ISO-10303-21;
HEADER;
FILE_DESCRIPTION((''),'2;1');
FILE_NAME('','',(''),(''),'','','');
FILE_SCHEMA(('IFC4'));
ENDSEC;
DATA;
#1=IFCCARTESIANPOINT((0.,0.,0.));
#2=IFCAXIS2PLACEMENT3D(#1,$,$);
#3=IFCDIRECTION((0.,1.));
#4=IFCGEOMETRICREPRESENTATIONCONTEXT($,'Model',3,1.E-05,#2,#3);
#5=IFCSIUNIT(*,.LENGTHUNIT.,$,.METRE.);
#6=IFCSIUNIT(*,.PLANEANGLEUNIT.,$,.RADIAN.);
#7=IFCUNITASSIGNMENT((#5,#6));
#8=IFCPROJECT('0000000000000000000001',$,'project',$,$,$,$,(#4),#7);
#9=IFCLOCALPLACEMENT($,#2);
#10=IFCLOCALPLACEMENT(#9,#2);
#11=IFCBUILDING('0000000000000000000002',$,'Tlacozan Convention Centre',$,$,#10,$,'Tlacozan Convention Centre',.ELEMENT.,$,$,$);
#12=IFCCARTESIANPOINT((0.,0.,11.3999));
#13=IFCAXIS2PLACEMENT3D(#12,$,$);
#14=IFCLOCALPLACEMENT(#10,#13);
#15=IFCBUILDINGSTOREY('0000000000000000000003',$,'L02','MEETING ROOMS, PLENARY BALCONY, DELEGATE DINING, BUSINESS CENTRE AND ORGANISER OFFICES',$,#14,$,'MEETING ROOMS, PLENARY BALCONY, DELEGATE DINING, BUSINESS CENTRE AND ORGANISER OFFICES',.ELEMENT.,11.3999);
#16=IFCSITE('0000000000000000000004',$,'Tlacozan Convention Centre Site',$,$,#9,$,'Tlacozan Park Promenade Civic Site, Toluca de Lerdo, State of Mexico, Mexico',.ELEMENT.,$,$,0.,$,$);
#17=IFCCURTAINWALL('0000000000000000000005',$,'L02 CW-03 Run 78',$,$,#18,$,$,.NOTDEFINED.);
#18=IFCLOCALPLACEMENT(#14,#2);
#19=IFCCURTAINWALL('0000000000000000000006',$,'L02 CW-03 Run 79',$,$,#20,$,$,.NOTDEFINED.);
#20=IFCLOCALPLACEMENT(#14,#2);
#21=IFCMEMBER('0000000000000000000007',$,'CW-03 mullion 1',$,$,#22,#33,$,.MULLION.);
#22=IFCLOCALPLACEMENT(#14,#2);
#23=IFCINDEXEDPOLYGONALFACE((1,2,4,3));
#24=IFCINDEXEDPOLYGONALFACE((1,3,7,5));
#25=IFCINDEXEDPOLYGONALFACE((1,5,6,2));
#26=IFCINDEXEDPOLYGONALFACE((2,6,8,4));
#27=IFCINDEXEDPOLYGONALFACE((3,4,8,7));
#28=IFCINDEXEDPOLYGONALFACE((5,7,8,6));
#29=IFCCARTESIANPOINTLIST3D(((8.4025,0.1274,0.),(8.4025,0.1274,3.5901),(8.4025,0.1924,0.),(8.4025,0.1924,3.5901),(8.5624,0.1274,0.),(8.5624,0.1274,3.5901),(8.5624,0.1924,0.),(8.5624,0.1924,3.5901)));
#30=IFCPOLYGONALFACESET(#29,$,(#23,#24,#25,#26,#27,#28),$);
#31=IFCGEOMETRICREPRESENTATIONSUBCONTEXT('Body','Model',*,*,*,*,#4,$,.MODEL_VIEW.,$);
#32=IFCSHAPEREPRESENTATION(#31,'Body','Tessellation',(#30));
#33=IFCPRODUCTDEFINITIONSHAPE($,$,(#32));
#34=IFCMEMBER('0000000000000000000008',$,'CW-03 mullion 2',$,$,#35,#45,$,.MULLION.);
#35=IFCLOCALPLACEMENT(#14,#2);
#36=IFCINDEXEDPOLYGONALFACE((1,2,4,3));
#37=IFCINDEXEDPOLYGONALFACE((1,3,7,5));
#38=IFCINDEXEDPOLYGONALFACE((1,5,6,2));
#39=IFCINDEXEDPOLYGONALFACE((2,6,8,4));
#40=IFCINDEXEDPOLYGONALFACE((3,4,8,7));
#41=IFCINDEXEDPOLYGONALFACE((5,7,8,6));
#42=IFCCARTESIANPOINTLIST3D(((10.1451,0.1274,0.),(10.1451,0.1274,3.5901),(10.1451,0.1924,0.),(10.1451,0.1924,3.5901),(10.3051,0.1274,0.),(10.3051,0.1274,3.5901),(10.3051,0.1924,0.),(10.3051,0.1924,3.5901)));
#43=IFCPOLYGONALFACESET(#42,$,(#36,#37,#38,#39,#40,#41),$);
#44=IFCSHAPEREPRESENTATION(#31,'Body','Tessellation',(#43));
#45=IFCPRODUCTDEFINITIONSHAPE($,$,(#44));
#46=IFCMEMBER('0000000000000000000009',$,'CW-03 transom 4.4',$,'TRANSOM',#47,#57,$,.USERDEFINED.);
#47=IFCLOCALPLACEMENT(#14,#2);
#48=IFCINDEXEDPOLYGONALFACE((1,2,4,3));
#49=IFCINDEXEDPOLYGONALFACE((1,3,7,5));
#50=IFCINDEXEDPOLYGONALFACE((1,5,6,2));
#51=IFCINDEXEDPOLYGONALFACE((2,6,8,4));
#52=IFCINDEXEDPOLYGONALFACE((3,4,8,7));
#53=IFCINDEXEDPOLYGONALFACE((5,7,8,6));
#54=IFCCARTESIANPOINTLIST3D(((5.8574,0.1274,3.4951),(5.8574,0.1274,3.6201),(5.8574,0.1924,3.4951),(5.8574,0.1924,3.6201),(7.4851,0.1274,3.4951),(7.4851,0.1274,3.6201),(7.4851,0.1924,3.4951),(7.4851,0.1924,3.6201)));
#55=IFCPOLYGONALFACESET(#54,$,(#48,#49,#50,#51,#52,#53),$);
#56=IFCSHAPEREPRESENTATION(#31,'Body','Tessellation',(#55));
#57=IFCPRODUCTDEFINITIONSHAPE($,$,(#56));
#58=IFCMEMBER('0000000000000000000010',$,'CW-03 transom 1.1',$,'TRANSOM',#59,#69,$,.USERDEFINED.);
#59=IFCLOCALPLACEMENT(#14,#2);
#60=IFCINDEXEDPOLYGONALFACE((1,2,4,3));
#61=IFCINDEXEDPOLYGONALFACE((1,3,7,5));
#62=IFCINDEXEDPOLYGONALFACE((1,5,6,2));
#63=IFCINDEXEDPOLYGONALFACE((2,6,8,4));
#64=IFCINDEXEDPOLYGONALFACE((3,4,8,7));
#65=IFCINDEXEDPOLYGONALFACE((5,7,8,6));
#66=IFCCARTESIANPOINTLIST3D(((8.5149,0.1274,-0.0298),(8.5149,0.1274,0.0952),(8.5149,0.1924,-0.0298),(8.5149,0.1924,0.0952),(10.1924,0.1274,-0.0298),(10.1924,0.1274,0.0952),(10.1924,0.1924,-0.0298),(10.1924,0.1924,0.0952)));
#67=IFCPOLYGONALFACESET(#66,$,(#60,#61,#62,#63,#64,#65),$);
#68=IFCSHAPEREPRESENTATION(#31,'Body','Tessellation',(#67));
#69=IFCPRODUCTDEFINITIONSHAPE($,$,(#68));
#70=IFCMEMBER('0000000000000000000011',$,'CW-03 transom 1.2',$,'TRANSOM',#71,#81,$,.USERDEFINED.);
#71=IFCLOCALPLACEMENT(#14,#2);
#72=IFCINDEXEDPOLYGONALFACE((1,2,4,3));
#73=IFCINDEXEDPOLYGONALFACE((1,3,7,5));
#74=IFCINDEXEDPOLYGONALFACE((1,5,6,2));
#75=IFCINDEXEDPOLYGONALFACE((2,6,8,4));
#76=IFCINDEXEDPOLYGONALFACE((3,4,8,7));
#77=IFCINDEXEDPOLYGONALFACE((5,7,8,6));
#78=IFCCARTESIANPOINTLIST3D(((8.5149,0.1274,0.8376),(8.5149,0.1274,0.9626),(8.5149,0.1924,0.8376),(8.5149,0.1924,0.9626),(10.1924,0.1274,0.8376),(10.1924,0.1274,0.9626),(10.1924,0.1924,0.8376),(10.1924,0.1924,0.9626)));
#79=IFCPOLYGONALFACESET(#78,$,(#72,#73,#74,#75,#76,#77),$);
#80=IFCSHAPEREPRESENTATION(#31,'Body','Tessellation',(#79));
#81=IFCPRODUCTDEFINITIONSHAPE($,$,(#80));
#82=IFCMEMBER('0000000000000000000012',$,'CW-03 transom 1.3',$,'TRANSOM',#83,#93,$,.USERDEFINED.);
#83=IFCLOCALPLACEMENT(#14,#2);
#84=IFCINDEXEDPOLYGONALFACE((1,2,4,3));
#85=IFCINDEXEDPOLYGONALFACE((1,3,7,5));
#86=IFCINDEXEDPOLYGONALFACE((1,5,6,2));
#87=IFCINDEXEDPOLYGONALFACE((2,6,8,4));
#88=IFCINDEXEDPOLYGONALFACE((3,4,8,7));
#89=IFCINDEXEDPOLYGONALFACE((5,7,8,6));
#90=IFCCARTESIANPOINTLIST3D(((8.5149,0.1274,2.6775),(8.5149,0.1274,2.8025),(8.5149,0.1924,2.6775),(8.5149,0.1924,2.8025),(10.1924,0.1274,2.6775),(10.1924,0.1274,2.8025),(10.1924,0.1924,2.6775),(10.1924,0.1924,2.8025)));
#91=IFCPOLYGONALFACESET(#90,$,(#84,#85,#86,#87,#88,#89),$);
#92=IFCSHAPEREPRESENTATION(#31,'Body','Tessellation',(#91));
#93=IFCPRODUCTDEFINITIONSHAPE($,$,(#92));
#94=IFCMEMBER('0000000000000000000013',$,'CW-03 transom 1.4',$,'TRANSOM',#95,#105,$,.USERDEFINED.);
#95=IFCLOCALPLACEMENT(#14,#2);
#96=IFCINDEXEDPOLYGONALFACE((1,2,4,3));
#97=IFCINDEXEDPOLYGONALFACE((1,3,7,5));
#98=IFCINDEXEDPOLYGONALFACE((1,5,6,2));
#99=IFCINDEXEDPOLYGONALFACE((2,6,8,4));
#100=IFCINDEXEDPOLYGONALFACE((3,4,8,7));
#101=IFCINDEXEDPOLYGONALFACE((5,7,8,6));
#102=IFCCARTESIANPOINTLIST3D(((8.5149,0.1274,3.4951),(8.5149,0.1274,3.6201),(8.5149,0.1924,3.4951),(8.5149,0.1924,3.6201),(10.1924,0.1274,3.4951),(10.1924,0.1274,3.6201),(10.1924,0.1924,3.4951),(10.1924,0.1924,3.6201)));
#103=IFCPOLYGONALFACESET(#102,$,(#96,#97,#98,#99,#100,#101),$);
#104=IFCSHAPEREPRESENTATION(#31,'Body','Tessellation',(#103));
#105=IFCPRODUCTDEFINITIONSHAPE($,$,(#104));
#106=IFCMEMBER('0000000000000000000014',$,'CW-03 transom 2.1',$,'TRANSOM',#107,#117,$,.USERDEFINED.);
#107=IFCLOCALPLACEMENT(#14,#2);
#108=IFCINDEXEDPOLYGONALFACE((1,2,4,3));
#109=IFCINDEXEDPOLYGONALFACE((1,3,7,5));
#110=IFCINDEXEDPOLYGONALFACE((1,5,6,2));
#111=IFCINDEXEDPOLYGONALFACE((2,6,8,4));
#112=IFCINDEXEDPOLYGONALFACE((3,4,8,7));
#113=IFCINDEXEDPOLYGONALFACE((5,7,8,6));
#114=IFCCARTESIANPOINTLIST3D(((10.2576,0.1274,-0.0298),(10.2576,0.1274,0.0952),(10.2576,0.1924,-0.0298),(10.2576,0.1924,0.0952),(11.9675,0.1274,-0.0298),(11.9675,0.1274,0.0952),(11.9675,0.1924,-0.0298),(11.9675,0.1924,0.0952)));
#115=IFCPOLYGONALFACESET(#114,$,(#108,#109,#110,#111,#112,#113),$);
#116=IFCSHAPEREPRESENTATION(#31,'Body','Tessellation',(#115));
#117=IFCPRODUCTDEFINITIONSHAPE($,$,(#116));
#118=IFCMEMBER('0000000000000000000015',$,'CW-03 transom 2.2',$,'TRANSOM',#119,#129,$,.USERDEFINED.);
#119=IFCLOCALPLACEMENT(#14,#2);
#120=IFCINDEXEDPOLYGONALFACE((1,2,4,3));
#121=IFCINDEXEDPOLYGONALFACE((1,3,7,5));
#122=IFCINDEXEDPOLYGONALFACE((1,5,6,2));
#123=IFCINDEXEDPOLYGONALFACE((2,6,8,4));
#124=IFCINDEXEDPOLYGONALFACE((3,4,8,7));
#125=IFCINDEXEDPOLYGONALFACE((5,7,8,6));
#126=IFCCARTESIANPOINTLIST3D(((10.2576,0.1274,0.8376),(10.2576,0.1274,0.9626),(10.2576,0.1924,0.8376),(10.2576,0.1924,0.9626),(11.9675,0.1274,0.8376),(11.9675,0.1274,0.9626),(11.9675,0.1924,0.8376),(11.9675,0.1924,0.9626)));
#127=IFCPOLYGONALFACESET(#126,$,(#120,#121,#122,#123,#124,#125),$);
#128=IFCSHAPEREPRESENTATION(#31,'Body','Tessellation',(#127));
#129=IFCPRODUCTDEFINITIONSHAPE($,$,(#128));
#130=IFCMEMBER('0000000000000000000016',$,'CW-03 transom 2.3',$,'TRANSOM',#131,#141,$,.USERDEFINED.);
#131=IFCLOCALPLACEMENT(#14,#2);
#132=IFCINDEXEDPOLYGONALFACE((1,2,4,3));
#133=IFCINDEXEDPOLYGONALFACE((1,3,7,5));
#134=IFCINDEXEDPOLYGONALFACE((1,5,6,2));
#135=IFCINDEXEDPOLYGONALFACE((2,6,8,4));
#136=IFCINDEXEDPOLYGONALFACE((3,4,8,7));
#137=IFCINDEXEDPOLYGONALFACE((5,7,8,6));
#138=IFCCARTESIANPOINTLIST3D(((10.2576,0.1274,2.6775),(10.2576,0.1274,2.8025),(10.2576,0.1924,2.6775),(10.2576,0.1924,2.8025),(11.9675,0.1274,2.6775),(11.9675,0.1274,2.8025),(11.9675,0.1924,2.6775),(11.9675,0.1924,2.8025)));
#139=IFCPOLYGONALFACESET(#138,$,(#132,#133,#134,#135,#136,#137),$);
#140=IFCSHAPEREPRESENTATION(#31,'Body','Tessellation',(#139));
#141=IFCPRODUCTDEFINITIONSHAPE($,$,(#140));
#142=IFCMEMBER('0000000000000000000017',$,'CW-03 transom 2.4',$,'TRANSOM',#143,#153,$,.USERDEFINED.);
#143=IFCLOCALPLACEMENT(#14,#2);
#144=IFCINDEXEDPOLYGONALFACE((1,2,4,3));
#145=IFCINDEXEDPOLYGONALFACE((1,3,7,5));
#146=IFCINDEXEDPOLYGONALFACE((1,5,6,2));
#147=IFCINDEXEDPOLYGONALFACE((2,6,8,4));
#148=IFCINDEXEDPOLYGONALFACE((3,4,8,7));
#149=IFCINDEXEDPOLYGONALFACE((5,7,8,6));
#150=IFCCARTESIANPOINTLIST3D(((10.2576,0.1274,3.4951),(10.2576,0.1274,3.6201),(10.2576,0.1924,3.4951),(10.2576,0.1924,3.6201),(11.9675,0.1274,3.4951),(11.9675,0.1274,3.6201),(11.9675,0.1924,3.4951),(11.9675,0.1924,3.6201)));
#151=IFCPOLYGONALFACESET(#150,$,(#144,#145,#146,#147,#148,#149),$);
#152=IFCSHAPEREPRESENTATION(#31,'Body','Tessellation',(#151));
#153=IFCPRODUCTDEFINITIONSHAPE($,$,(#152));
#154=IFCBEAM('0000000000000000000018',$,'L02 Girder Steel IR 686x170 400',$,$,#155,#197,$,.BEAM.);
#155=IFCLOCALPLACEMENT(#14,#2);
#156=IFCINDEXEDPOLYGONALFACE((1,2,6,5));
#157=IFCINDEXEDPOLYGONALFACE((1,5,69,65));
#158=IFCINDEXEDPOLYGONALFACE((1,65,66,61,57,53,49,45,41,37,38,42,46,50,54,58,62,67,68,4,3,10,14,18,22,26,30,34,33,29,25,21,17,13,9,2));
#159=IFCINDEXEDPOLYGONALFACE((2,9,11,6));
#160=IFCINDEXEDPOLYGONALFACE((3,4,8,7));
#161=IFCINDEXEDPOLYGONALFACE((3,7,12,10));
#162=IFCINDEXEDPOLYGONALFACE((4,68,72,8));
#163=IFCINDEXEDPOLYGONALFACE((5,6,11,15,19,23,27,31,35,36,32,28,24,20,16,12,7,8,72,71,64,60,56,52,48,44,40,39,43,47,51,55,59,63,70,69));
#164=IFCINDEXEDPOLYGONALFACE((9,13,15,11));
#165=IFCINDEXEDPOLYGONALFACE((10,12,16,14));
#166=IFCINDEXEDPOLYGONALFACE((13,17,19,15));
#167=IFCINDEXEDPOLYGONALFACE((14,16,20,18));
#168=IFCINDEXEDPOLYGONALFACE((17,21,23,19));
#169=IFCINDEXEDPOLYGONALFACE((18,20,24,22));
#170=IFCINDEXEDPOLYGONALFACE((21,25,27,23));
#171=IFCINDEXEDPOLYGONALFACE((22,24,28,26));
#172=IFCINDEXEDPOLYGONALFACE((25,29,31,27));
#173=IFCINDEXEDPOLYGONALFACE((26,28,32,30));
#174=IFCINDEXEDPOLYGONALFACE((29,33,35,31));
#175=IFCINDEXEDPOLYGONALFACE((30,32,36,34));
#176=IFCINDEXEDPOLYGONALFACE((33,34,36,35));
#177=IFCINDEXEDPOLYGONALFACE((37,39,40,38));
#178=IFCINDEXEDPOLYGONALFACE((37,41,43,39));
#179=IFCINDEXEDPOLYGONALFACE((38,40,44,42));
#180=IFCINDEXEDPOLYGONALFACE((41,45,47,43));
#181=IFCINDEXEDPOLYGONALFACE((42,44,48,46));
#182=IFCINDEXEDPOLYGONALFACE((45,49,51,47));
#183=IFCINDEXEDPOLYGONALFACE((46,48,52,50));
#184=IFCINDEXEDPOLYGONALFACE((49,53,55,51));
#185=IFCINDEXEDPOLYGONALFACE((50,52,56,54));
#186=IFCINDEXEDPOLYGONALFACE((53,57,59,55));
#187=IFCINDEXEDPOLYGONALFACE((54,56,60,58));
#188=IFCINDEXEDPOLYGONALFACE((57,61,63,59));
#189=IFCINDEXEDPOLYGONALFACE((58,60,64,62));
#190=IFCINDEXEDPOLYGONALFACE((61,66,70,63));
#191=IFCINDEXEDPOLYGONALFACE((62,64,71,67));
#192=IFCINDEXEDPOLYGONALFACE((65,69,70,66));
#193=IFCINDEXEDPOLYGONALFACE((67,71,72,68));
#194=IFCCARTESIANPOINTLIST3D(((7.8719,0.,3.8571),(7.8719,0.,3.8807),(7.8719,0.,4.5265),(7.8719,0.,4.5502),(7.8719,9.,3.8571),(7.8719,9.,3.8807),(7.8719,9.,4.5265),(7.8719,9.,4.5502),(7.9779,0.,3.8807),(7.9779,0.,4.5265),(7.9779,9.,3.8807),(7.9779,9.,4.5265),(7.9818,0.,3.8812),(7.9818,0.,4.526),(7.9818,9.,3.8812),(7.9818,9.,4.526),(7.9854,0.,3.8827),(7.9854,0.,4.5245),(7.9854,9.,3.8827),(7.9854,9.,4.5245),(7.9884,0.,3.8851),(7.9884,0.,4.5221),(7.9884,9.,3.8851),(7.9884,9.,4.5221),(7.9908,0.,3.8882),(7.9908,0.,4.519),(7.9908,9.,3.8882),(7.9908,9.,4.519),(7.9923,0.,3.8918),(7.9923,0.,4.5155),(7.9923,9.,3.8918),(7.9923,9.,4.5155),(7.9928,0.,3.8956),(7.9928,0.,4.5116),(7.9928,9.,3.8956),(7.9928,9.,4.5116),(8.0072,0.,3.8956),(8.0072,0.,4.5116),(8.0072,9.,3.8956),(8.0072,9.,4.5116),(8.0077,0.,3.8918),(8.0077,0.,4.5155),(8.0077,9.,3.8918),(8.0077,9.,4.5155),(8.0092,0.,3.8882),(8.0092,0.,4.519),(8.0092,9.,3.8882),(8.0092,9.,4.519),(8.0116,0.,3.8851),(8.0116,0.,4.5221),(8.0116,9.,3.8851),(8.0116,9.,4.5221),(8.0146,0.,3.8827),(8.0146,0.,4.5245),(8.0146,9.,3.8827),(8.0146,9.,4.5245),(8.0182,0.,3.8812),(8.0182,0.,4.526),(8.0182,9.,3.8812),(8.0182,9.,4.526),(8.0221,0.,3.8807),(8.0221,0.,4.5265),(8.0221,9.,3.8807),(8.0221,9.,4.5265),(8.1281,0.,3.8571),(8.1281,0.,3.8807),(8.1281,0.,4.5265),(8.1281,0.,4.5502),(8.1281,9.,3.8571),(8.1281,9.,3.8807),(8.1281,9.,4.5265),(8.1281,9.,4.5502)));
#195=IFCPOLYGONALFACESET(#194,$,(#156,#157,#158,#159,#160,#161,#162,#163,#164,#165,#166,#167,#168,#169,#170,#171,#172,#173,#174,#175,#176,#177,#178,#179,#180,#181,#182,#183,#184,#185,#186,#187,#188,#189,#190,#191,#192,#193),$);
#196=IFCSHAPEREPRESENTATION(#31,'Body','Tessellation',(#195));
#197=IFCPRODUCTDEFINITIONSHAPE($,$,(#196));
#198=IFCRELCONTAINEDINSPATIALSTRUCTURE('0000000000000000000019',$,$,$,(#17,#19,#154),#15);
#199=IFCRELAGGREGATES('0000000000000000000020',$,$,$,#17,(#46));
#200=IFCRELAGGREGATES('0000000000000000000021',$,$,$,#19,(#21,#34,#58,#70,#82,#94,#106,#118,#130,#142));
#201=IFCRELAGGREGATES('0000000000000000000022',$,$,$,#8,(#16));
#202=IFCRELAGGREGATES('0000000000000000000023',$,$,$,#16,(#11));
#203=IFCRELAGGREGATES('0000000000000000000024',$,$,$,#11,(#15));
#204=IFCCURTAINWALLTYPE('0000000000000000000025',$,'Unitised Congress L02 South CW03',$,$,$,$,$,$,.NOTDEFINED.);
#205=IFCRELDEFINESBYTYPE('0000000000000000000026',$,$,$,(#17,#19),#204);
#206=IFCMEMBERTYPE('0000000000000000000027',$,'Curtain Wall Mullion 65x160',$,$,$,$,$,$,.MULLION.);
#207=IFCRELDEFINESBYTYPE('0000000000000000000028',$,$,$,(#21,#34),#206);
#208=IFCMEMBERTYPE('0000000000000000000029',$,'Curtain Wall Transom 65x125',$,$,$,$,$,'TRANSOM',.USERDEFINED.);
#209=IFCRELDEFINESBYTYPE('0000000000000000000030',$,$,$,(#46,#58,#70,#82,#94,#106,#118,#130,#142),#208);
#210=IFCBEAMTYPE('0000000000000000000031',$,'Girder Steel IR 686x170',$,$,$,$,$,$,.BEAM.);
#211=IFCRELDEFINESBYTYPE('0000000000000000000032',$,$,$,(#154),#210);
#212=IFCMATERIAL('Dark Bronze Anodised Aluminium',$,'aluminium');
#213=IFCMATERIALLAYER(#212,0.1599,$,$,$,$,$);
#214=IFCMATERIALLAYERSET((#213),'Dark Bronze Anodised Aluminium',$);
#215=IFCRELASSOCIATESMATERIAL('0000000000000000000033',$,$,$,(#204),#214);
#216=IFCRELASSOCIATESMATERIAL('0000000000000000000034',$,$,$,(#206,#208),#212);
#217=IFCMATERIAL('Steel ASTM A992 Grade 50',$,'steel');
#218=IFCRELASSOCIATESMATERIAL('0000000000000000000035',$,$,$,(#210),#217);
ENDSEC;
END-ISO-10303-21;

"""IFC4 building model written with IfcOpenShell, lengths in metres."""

from ifc_helpers import new_model, si_unit, direction, frame, origin, origin_2d, place, context, subcontext, project, spatial, rectangle, i_section, extrude, material, layer, layer_set, material_profile, profile_set, type_object, element, aggregate, save


model = new_model("IFC4")

# Units and contexts
model_context = context("Model", 3, precision=1e-05, world=origin(), true_north=direction((0.0, 1.0)))
body_context = subcontext(model_context, "Body", "Model", "MODEL_VIEW")
ifc_project = project(units=[si_unit("LENGTHUNIT", "METRE"), si_unit("PLANEANGLEUNIT", "RADIAN")], contexts=[model_context])

# Site, building, storey
site_placement = place(None, origin())
site = spatial("IfcSite", under=ifc_project, at=site_placement, Name="Tlacozan Convention Centre Site", LongName="Tlacozan Park Promenade Civic Site, Toluca de Lerdo, State of Mexico, Mexico", CompositionType="ELEMENT", RefElevation=0.0)
building_placement = place(site_placement, origin())
building = spatial("IfcBuilding", under=site, at=building_placement, Name="Tlacozan Convention Centre", LongName="Tlacozan Convention Centre", CompositionType="ELEMENT")
storey_placement = place(building_placement, frame((0.0, 0.0, 11.3999)))
storey = spatial("IfcBuildingStorey", under=building, at=storey_placement, Name="L02", Description="MEETING ROOMS, PLENARY BALCONY, DELEGATE DINING, BUSINESS CENTRE AND ORGANISER OFFICES", LongName="MEETING ROOMS, PLENARY BALCONY, DELEGATE DINING, BUSINESS CENTRE AND ORGANISER OFFICES", CompositionType="ELEMENT", Elevation=11.3999)

# Shared definitions
ifc_material_1 = material(Name="Steel ASTM A992 Grade 50", Category="steel")

# Curtain wall
ifc_material_2 = material(Name="Dark Bronze Anodised Aluminium", Category="aluminium")
ifc_layer_1 = layer(ifc_material_2, 0.1599)
ifc_layer_set_1 = layer_set([ifc_layer_1], Name="Dark Bronze Anodised Aluminium")
curtain_wall_type = type_object("IfcCurtainWallType", Name="Unitised Congress L02 South CW03", PredefinedType="NOTDEFINED", material=ifc_layer_set_1)
curtain_wall_1_placement = place(storey_placement, origin())
curtain_wall_1 = element("IfcCurtainWall", 1, at=curtain_wall_1_placement, inside=storey, type_object=curtain_wall_type, Name="L02 CW-03 Run 78", PredefinedType="NOTDEFINED")
ifc_material_profile_1 = material_profile(ifc_material_2, rectangle(XDim=0.0649, YDim=0.1599, at=origin_2d()), Name="ALU 65x160")
ifc_profile_set_1 = profile_set([ifc_material_profile_1], Name="Dark Bronze Anodised Aluminium")
member_type_1 = type_object("IfcMemberType", Name="Curtain Wall Mullion 65x160", PredefinedType="MULLION", material=ifc_profile_set_1)

# Curtain wall, members
curtain_wall_2_placement = place(storey_placement, origin())
curtain_wall_2 = element("IfcCurtainWall", 2, at=curtain_wall_2_placement, inside=storey, type_object=curtain_wall_type, Name="L02 CW-03 Run 79", PredefinedType="NOTDEFINED")
member_1_placement = place(storey_placement, frame((8.4824, 0.1599, 0.0), z_axis=(0.0, 0.0, 1.0), x_axis=(0.0, 1.0, 0.0)))
member_1 = element("IfcMember", 3, at=member_1_placement, type_object=member_type_1, Name="CW-03 mullion 1", PredefinedType="MULLION", context=body_context, shape_type="SweptSolid", body=[
    extrude(rectangle(XDim=0.0649, YDim=0.1599, at=origin_2d()), origin(), (0.0, 0.0, 1.0), 3.5901),
])
member_2_placement = place(storey_placement, frame((10.2251, 0.1599, 0.0), z_axis=(0.0, 0.0, 1.0), x_axis=(0.0, 1.0, 0.0)))
member_2 = element("IfcMember", 4, at=member_2_placement, type_object=member_type_1, Name="CW-03 mullion 2", PredefinedType="MULLION", context=body_context, shape_type="SweptSolid", body=[
    extrude(rectangle(XDim=0.0649, YDim=0.1599, at=origin_2d()), origin(), (0.0, 0.0, 1.0), 3.5901),
])

# Members
ifc_material_profile_2 = material_profile(ifc_material_2, rectangle(XDim=0.0649, YDim=0.125, at=origin_2d()), Name="ALU 65x125")
ifc_profile_set_2 = profile_set([ifc_material_profile_2], Name="Dark Bronze Anodised Aluminium")
member_type_2 = type_object("IfcMemberType", Name="Curtain Wall Transom 65x125", ElementType="TRANSOM", PredefinedType="USERDEFINED", material=ifc_profile_set_2)
member_3_placement = place(storey_placement, frame((5.8574, 0.1599, 3.5576), z_axis=(1.0, 0.0, 0.0), x_axis=(0.0, 1.0, 0.0)))
member_3 = element("IfcMember", 5, at=member_3_placement, type_object=member_type_2, Name="CW-03 transom 4.4", ObjectType="TRANSOM", PredefinedType="USERDEFINED", context=body_context, shape_type="SweptSolid", body=[
    extrude(rectangle(XDim=0.0649, YDim=0.125, at=origin_2d()), origin(), (0.0, 0.0, 1.0), 1.6277),
])
member_4_placement = place(storey_placement, frame((8.5149, 0.1599, 0.0327), z_axis=(1.0, 0.0, 0.0), x_axis=(0.0, 1.0, 0.0)))
member_4 = element("IfcMember", 6, at=member_4_placement, type_object=member_type_2, Name="CW-03 transom 1.1", ObjectType="TRANSOM", PredefinedType="USERDEFINED", context=body_context, shape_type="SweptSolid", body=[
    extrude(rectangle(XDim=0.0649, YDim=0.125, at=origin_2d()), origin(), (0.0, 0.0, 1.0), 1.6775),
])
member_5_placement = place(storey_placement, frame((8.5149, 0.1599, 0.9001), z_axis=(1.0, 0.0, 0.0), x_axis=(0.0, 1.0, 0.0)))
member_5 = element("IfcMember", 7, at=member_5_placement, type_object=member_type_2, Name="CW-03 transom 1.2", ObjectType="TRANSOM", PredefinedType="USERDEFINED", context=body_context, shape_type="SweptSolid", body=[
    extrude(rectangle(XDim=0.0649, YDim=0.125, at=origin_2d()), origin(), (0.0, 0.0, 1.0), 1.6775),
])
member_6_placement = place(storey_placement, frame((8.5149, 0.1599, 2.74), z_axis=(1.0, 0.0, 0.0), x_axis=(0.0, 1.0, 0.0)))
member_6 = element("IfcMember", 8, at=member_6_placement, type_object=member_type_2, Name="CW-03 transom 1.3", ObjectType="TRANSOM", PredefinedType="USERDEFINED", context=body_context, shape_type="SweptSolid", body=[
    extrude(rectangle(XDim=0.0649, YDim=0.125, at=origin_2d()), origin(), (0.0, 0.0, 1.0), 1.6775),
])
member_7_placement = place(storey_placement, frame((8.5149, 0.1599, 3.5576), z_axis=(1.0, 0.0, 0.0), x_axis=(0.0, 1.0, 0.0)))
member_7 = element("IfcMember", 9, at=member_7_placement, type_object=member_type_2, Name="CW-03 transom 1.4", ObjectType="TRANSOM", PredefinedType="USERDEFINED", context=body_context, shape_type="SweptSolid", body=[
    extrude(rectangle(XDim=0.0649, YDim=0.125, at=origin_2d()), origin(), (0.0, 0.0, 1.0), 1.6775),
])
member_8_placement = place(storey_placement, frame((10.2576, 0.1599, 0.0327), z_axis=(1.0, 0.0, 0.0), x_axis=(0.0, 1.0, 0.0)))
member_8 = element("IfcMember", 10, at=member_8_placement, type_object=member_type_2, Name="CW-03 transom 2.1", ObjectType="TRANSOM", PredefinedType="USERDEFINED", context=body_context, shape_type="SweptSolid", body=[
    extrude(rectangle(XDim=0.0649, YDim=0.125, at=origin_2d()), origin(), (0.0, 0.0, 1.0), 1.71),
])
member_9_placement = place(storey_placement, frame((10.2576, 0.1599, 0.9001), z_axis=(1.0, 0.0, 0.0), x_axis=(0.0, 1.0, 0.0)))
member_9 = element("IfcMember", 11, at=member_9_placement, type_object=member_type_2, Name="CW-03 transom 2.2", ObjectType="TRANSOM", PredefinedType="USERDEFINED", context=body_context, shape_type="SweptSolid", body=[
    extrude(rectangle(XDim=0.0649, YDim=0.125, at=origin_2d()), origin(), (0.0, 0.0, 1.0), 1.71),
])
member_10_placement = place(storey_placement, frame((10.2576, 0.1599, 2.74), z_axis=(1.0, 0.0, 0.0), x_axis=(0.0, 1.0, 0.0)))
member_10 = element("IfcMember", 12, at=member_10_placement, type_object=member_type_2, Name="CW-03 transom 2.3", ObjectType="TRANSOM", PredefinedType="USERDEFINED", context=body_context, shape_type="SweptSolid", body=[
    extrude(rectangle(XDim=0.0649, YDim=0.125, at=origin_2d()), origin(), (0.0, 0.0, 1.0), 1.71),
])
member_11_placement = place(storey_placement, frame((10.2576, 0.1599, 3.5576), z_axis=(1.0, 0.0, 0.0), x_axis=(0.0, 1.0, 0.0)))
member_11 = element("IfcMember", 13, at=member_11_placement, type_object=member_type_2, Name="CW-03 transom 2.4", ObjectType="TRANSOM", PredefinedType="USERDEFINED", context=body_context, shape_type="SweptSolid", body=[
    extrude(rectangle(XDim=0.0649, YDim=0.125, at=origin_2d()), origin(), (0.0, 0.0, 1.0), 1.71),
])

# Beam
ifc_material_profile_3 = material_profile(ifc_material_1, i_section(OverallWidth=0.2561, OverallDepth=0.6931, WebThickness=0.0144, FlangeThickness=0.0237, FilletRadius=0.0149, at=origin_2d()), Name="IR 686x170.0")
ifc_profile_set_3 = profile_set([ifc_material_profile_3], Name="Steel ASTM A992 Grade 50")
beam_type_1 = type_object("IfcBeamType", Name="Girder Steel IR 686x170", PredefinedType="BEAM", material=ifc_profile_set_3)
for number, where, z_axis, x_axis, name in (
    (14, (8.0, 0.0, 4.2036), (0.0, 1.0, 0.0), (-1.0, 0.0, 0.0), "L02 Girder Steel IR 686x170 400"),
):
    element("IfcBeam", number, at=place(storey_placement, frame(where, z_axis=z_axis, x_axis=x_axis)), inside=storey, type_object=beam_type_1, Name=name, PredefinedType="BEAM", context=body_context, shape_type="SweptSolid", body=[
        extrude(i_section(OverallWidth=0.2561, OverallDepth=0.6931, WebThickness=0.0144, FlangeThickness=0.0237, FilletRadius=0.0149, at=origin_2d()), origin(), (0.0, 0.0, 1.0), 9.0),
    ])

aggregate(curtain_wall_1, [member_3])
aggregate(curtain_wall_2, [member_1, member_2, member_4, member_5, member_6, member_7, member_8, member_9, member_10, member_11])

save(model, "model.ifc")
